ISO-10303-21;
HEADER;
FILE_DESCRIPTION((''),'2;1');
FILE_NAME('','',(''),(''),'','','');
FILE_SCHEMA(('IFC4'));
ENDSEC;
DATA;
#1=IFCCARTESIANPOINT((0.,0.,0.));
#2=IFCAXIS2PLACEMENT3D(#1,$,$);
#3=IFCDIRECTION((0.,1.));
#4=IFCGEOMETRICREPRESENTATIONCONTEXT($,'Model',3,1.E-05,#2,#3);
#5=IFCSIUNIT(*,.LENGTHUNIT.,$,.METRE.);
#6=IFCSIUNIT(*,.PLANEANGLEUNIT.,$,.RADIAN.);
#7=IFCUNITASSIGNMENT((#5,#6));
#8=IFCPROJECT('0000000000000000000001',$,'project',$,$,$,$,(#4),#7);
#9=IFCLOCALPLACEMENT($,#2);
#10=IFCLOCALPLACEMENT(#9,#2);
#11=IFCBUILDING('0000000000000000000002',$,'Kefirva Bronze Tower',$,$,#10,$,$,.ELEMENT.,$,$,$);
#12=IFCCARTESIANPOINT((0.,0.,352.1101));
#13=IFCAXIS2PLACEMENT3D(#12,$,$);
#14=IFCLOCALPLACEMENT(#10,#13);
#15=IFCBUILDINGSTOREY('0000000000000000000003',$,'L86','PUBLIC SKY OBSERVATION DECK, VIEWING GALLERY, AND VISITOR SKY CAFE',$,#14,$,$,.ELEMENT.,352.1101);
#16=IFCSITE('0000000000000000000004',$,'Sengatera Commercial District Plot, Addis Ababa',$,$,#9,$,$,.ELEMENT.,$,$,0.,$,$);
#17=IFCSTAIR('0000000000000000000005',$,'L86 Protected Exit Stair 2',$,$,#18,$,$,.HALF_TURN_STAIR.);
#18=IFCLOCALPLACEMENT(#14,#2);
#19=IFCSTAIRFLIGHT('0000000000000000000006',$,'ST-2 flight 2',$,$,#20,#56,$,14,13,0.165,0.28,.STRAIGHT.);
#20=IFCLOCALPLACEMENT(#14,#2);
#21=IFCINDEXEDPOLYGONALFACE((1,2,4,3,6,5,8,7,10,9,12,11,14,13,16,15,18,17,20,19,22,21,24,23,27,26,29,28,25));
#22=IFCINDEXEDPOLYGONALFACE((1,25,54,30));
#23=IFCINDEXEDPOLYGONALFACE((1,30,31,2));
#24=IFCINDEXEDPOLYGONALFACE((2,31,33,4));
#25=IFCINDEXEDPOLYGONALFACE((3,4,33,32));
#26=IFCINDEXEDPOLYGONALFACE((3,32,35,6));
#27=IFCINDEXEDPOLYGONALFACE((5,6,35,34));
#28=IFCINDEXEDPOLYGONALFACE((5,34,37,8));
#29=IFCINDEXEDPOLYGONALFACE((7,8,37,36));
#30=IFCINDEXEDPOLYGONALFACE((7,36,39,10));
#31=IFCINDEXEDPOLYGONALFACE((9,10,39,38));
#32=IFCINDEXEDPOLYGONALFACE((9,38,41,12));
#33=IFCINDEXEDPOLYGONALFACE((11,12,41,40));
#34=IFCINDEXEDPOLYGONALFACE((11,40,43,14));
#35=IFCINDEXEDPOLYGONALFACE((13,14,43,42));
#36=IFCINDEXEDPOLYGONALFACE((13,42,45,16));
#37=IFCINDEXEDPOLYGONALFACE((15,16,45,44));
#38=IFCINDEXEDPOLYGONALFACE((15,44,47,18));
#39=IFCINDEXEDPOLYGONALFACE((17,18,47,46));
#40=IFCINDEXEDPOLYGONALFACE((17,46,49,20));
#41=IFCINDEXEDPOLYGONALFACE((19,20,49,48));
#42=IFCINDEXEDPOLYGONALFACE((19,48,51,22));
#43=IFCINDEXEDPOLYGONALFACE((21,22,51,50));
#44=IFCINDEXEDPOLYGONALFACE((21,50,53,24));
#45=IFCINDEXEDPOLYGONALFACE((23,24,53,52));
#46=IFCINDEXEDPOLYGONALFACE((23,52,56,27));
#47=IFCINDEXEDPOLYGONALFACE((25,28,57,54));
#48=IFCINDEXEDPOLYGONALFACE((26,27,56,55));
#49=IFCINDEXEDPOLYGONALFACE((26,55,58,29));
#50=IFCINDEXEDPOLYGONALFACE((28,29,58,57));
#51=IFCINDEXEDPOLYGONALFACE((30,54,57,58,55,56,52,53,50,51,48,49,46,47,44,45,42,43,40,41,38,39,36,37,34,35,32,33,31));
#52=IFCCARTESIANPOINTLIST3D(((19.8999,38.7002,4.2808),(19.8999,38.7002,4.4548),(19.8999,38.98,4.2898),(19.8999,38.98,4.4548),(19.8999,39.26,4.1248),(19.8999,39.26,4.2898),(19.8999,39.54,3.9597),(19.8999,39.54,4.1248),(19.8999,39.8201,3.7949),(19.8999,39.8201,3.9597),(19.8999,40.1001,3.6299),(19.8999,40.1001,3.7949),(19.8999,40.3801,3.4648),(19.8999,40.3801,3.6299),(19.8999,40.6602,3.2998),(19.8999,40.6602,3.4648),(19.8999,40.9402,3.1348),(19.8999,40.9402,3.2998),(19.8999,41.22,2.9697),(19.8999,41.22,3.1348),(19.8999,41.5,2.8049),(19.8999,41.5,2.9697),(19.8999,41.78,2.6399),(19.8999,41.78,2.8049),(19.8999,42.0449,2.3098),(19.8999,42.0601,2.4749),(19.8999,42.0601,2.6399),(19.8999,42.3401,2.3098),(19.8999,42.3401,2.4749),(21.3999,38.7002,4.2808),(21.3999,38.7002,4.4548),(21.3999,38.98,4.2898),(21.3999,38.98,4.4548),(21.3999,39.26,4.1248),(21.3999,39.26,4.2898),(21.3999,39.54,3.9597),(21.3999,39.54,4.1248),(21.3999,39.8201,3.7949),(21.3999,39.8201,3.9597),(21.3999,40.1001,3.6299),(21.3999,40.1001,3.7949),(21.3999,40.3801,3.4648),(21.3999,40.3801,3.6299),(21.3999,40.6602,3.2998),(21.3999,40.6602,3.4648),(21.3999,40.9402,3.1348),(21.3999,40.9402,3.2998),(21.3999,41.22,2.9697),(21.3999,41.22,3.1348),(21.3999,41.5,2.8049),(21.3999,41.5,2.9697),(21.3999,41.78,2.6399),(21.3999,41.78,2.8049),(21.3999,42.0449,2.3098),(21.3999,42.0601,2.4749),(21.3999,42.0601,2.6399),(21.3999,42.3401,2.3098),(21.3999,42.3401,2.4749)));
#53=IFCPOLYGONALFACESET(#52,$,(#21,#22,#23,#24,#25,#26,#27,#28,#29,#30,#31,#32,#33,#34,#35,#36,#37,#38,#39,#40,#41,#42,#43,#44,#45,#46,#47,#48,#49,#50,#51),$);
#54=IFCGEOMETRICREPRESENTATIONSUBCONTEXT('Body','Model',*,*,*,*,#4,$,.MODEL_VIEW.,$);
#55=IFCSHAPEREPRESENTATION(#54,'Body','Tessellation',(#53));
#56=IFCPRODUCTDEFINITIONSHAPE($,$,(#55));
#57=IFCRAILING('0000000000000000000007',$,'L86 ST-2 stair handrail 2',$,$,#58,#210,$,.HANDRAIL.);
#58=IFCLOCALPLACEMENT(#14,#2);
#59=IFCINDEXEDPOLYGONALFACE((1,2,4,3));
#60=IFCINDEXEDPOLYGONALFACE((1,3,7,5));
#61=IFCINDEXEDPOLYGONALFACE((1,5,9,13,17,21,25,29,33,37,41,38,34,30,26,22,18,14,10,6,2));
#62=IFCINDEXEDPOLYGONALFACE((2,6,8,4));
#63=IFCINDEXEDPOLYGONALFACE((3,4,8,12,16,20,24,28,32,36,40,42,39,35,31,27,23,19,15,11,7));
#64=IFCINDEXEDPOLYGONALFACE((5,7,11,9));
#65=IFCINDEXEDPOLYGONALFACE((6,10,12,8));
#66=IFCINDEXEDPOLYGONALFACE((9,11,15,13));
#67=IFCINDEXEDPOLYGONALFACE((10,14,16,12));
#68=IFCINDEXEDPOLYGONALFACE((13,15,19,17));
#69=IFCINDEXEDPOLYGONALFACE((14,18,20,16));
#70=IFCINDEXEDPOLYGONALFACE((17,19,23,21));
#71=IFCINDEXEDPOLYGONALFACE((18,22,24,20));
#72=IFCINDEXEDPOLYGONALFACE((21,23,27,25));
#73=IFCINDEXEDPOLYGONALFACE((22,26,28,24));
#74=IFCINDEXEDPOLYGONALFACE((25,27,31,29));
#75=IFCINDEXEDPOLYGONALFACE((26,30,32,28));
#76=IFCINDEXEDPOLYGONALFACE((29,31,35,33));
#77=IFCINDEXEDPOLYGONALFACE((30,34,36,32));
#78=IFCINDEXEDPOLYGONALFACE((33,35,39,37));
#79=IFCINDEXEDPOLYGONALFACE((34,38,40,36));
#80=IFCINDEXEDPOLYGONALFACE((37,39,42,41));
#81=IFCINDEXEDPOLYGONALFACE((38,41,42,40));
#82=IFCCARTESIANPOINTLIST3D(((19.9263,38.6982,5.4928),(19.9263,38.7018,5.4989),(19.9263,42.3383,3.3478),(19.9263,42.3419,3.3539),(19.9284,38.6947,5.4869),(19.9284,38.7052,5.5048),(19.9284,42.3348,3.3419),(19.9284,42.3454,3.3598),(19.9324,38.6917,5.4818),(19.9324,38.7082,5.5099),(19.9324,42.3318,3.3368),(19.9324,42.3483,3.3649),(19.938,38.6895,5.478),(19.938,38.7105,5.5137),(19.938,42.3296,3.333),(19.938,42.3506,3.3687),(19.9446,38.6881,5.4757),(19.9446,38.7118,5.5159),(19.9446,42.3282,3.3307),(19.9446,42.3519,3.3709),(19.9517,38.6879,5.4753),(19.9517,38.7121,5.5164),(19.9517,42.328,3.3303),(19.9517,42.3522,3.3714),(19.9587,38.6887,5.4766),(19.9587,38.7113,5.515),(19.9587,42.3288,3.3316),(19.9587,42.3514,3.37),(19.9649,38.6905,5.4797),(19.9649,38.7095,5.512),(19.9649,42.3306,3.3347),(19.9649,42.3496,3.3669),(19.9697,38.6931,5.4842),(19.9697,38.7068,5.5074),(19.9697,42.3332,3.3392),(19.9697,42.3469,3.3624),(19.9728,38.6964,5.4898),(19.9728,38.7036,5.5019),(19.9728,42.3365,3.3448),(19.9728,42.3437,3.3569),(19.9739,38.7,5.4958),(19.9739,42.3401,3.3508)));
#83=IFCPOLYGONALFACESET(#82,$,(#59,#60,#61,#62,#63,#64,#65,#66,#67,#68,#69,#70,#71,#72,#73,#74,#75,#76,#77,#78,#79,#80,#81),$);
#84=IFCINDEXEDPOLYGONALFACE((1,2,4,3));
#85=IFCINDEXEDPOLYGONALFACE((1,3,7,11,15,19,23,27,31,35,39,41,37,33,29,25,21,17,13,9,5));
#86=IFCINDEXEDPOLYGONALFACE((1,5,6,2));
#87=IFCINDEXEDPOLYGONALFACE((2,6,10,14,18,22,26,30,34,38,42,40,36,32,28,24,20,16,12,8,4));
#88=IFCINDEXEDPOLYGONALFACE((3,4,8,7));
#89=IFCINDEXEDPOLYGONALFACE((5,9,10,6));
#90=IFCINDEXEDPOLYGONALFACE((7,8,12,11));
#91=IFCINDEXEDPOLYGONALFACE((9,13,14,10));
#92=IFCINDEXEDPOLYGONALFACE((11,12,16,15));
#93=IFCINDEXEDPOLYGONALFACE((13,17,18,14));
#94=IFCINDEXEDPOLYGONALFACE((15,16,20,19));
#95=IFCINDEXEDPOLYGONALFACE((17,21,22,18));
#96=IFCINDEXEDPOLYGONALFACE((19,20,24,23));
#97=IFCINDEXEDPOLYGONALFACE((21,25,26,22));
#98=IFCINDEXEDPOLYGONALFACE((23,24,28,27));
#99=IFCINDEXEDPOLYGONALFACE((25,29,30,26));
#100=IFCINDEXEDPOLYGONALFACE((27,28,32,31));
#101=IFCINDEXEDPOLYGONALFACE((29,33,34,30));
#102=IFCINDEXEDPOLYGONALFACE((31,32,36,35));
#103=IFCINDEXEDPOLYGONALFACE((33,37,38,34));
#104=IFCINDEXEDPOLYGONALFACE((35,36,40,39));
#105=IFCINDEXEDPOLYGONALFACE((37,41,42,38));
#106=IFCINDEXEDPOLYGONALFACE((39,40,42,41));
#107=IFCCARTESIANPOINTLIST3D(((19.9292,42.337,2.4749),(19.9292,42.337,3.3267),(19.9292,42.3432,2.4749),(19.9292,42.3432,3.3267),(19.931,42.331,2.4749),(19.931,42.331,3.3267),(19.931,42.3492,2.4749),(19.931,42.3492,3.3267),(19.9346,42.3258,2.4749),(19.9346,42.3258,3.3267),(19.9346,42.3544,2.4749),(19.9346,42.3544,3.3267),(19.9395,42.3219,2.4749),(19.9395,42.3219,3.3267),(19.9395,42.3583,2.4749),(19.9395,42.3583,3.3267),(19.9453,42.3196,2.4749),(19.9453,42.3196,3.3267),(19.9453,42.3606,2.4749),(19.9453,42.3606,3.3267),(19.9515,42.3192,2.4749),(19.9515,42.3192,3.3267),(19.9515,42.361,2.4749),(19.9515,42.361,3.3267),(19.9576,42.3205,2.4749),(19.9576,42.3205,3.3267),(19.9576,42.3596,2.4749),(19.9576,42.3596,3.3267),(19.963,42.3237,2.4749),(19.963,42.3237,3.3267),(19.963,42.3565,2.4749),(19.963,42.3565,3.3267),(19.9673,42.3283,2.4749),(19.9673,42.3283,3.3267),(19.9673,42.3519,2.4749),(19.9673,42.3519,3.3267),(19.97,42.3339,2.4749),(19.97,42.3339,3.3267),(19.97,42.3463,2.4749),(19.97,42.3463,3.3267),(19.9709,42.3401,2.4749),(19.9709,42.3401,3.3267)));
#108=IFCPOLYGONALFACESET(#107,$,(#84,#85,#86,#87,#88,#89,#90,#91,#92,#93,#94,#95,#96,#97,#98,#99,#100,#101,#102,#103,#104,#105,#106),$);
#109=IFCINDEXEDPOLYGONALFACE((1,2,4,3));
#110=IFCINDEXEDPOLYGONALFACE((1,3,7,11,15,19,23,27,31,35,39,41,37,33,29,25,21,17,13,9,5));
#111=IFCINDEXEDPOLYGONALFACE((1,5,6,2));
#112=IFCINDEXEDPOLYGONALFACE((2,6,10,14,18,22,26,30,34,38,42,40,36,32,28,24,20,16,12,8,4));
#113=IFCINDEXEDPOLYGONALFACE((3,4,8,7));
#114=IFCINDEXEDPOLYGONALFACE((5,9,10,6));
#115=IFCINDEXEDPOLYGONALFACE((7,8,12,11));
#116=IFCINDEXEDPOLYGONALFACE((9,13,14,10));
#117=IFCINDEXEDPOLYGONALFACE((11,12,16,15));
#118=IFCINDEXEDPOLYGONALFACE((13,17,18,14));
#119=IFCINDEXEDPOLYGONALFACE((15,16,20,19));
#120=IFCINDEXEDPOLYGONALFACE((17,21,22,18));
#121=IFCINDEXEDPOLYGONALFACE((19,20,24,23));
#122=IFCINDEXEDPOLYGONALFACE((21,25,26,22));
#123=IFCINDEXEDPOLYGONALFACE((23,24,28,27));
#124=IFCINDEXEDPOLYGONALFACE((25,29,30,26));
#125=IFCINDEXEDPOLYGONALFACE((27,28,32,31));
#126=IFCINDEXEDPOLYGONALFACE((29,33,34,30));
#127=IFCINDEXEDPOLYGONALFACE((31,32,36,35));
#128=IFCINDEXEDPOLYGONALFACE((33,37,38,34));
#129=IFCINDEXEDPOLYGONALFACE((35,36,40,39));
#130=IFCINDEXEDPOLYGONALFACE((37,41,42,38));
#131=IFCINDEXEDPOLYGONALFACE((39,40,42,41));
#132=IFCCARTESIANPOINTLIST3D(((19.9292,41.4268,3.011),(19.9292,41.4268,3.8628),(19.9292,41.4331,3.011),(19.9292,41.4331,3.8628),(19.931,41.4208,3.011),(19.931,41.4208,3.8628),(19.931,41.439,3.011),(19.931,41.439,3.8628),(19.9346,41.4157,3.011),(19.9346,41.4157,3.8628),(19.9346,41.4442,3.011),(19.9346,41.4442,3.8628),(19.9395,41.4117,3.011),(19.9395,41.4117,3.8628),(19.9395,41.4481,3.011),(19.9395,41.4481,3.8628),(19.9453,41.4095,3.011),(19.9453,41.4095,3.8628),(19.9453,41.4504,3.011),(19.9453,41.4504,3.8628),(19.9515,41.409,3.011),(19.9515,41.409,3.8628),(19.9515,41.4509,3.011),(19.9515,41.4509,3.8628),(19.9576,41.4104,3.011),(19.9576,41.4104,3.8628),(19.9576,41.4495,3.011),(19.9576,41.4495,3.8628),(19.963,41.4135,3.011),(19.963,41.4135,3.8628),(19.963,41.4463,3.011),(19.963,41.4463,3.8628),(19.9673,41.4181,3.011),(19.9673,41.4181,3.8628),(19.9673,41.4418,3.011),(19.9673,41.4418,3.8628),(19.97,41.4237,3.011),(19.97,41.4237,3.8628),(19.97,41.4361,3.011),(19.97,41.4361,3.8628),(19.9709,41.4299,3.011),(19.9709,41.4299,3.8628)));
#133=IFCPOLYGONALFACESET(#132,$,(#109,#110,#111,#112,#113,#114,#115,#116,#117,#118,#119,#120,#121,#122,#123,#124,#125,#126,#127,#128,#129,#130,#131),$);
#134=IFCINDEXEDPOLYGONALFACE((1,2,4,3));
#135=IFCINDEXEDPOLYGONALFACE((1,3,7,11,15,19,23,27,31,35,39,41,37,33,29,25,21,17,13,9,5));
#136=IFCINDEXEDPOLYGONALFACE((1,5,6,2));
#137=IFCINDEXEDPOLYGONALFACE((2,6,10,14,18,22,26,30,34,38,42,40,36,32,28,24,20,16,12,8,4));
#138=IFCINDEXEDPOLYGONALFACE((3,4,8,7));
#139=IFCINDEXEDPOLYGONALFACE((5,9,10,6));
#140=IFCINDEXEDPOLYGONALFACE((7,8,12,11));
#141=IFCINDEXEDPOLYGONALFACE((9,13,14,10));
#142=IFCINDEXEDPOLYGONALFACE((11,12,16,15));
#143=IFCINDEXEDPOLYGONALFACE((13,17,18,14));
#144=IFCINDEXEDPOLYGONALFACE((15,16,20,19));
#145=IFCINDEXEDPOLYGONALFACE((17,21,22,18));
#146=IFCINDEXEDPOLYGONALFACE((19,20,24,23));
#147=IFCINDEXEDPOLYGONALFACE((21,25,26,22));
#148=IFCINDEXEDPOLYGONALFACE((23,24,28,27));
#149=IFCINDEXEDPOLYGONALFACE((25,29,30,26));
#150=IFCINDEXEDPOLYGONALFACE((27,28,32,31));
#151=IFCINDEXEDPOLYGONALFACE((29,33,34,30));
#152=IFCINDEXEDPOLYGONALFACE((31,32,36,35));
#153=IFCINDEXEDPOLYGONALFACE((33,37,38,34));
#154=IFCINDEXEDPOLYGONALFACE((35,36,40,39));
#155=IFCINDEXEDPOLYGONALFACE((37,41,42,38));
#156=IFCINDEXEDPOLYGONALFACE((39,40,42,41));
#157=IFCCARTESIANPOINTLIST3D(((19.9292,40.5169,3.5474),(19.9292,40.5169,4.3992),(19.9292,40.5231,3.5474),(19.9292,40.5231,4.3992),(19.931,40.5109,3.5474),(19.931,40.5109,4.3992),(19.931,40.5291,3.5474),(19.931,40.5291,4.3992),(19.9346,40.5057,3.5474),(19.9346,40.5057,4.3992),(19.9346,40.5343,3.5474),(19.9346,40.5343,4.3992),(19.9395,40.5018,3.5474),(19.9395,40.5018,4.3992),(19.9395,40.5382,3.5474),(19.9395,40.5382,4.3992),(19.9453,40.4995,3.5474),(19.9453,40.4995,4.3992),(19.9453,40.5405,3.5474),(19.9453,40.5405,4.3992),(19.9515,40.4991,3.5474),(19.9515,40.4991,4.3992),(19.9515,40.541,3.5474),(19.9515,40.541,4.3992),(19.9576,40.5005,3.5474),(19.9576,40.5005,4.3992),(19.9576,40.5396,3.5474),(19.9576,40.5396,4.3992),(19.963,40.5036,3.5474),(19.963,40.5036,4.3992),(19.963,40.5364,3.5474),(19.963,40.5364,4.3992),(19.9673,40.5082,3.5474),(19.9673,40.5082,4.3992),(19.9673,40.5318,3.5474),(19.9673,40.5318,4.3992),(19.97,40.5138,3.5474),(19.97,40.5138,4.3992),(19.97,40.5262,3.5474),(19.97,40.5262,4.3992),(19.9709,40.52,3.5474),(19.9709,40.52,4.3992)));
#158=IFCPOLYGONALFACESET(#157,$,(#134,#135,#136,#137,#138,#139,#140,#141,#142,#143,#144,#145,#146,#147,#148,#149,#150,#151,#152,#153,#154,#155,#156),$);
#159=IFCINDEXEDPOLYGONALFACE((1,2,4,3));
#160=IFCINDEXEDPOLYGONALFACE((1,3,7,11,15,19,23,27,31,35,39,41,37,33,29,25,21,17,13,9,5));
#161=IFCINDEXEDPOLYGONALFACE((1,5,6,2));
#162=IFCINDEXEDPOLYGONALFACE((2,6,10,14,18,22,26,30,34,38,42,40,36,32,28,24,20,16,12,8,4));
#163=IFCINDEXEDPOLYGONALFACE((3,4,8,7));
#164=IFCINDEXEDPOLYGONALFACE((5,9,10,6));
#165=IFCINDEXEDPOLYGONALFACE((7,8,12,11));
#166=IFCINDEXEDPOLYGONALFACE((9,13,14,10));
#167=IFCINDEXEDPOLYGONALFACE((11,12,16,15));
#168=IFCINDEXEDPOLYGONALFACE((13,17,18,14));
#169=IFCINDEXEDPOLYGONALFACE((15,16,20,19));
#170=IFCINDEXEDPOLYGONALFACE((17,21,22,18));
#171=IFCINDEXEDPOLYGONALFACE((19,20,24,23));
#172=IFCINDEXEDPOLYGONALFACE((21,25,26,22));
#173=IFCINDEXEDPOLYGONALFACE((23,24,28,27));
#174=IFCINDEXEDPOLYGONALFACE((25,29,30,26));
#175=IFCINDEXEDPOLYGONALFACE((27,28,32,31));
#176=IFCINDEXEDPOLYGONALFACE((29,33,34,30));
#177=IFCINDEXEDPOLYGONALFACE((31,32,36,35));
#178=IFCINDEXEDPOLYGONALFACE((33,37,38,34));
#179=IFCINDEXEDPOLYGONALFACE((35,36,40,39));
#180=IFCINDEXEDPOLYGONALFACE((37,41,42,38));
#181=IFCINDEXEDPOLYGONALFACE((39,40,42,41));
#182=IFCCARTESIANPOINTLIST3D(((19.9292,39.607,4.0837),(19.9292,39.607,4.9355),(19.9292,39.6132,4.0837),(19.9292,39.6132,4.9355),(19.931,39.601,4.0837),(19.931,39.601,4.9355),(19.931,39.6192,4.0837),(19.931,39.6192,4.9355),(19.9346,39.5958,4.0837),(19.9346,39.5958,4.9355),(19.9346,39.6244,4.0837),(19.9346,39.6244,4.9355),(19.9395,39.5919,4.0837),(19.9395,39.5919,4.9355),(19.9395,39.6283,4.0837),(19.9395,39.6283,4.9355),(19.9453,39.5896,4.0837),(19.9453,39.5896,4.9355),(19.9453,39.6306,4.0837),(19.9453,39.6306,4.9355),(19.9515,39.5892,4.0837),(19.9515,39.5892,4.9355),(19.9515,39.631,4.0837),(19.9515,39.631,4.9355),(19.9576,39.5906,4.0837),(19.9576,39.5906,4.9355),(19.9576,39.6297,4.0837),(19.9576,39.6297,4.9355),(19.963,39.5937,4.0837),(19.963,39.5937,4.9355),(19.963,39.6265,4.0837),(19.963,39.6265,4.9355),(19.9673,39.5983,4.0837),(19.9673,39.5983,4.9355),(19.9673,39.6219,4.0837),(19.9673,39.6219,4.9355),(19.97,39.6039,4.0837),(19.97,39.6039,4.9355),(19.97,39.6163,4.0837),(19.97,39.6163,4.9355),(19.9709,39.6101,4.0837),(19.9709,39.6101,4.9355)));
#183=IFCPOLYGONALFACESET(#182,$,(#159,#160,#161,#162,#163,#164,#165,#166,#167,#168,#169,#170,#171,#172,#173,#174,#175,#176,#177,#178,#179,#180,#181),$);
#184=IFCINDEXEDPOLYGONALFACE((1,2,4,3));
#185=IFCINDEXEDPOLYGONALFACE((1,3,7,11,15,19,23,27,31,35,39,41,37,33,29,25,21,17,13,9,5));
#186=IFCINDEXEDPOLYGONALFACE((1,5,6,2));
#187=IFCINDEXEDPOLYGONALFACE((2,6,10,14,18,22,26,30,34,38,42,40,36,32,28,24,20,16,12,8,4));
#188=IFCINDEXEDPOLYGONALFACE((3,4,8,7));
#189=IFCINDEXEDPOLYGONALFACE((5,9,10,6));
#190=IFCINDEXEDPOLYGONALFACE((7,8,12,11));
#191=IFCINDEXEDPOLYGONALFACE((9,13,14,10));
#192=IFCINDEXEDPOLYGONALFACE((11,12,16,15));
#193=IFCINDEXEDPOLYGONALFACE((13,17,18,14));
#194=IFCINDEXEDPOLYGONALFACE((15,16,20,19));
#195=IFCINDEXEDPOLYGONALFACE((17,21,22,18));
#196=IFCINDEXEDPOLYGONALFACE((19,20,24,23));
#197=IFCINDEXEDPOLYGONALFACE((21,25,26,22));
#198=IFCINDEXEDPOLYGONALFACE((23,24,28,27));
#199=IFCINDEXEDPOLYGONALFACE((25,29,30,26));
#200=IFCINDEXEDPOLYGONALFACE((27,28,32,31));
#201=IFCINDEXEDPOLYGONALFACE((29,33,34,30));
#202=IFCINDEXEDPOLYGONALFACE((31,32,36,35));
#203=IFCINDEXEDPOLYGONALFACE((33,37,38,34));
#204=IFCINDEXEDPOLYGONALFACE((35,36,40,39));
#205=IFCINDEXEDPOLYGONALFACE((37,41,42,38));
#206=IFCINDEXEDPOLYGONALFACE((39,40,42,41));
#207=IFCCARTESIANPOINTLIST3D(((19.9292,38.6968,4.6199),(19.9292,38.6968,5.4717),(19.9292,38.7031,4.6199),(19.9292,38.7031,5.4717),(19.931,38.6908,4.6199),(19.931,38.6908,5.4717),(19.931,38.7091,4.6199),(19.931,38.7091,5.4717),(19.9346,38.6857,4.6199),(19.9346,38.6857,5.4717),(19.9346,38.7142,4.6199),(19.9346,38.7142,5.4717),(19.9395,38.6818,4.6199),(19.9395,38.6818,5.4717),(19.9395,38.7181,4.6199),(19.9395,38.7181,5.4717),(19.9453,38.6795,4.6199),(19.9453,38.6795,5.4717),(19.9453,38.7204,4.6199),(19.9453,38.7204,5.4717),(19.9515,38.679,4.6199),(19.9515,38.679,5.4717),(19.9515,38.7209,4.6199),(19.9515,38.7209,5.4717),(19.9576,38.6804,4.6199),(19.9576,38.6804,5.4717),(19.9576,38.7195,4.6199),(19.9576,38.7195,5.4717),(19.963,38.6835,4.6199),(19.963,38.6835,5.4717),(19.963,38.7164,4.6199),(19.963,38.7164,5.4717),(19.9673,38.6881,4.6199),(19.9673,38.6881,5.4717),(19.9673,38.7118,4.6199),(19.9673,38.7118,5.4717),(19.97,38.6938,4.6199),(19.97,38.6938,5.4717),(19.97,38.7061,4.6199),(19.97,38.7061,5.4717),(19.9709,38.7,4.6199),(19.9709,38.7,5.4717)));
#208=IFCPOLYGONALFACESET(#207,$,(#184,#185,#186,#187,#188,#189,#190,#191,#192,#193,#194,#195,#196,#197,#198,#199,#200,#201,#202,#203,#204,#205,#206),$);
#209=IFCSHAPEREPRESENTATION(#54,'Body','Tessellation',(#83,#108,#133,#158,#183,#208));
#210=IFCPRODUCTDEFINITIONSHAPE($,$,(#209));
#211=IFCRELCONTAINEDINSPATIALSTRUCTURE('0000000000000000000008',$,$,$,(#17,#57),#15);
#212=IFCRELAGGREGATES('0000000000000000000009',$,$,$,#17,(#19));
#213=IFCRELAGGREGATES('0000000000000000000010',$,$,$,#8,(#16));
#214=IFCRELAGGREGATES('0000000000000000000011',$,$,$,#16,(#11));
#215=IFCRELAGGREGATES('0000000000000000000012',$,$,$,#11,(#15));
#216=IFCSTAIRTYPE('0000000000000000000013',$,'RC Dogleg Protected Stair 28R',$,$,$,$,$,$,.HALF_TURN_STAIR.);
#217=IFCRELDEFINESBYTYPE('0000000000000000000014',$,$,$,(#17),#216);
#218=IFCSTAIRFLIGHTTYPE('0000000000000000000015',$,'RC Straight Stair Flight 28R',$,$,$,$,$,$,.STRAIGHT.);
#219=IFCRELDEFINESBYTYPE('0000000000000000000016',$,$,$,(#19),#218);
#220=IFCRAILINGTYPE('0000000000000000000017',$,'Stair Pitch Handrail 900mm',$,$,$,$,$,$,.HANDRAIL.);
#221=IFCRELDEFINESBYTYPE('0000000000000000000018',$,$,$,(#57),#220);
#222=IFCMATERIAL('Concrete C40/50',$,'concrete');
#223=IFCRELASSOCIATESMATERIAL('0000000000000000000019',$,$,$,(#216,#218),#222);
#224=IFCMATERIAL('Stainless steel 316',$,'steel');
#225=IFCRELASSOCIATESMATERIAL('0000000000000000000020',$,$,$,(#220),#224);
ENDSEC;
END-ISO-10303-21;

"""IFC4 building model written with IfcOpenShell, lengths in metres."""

from ifc_helpers import new_model, si_unit, direction, frame, origin, origin_2d, place, context, subcontext, project, spatial, polyline, circle, outline, extrude, material, type_object, element, aggregate, save


model = new_model("IFC4")

# Units and contexts
model_context = context("Model", 3, precision=1e-05, world=origin(), true_north=direction((0.0, 1.0)))
body_context = subcontext(model_context, "Body", "Model", "MODEL_VIEW")
ifc_project = project(units=[si_unit("LENGTHUNIT", "METRE"), si_unit("PLANEANGLEUNIT", "RADIAN")], contexts=[model_context])

# Site, building, storey
site_placement = place(None, origin())
site = spatial("IfcSite", under=ifc_project, at=site_placement, Name="Sengatera Commercial District Plot, Addis Ababa", CompositionType="ELEMENT", RefElevation=0.0)
building_placement = place(site_placement, origin())
building = spatial("IfcBuilding", under=site, at=building_placement, Name="Kefirva Bronze Tower", CompositionType="ELEMENT")
storey_placement = place(building_placement, frame((0.0, 0.0, 352.1101)))
storey = spatial("IfcBuildingStorey", under=building, at=storey_placement, Name="L86", Description="PUBLIC SKY OBSERVATION DECK, VIEWING GALLERY, AND VISITOR SKY CAFE", CompositionType="ELEMENT", Elevation=352.1101)

# Shared definitions
ifc_material_1 = material(Name="Stainless steel 316", Category="steel")

# Stair, stair flight
ifc_material_2 = material(Name="Concrete C40/50", Category="concrete")
stair_type = type_object("IfcStairType", Name="RC Dogleg Protected Stair 28R", PredefinedType="HALF_TURN_STAIR", material=ifc_material_2)
stair_placement = place(storey_placement, origin())
stair = element("IfcStair", 1, at=stair_placement, inside=storey, type_object=stair_type, Name="L86 Protected Exit Stair 2", PredefinedType="HALF_TURN_STAIR")
stair_flight_type = type_object("IfcStairFlightType", Name="RC Straight Stair Flight 28R", PredefinedType="STRAIGHT", material=ifc_material_2)
stair_flight_placement = place(storey_placement, frame((20.6499, 42.3401, 2.3098), z_axis=(0.0, 0.0, 1.0), x_axis=(0.0, -1.0, 0.0)))
stair_flight = element("IfcStairFlight", 2, at=stair_flight_placement, type_object=stair_flight_type, Name="ST-2 flight 2", NumberOfRisers=14, NumberOfTreads=13, PredefinedType="STRAIGHT", RiserHeight=0.165, TreadLength=0.28, context=body_context, shape_type="SweptSolid", body=[
    extrude(outline(polyline([(0.0, 0.0), (0.0, 0.165), (0.28, 0.165), (0.28, 0.3301), (0.5601, 0.3301), (0.5601, 0.4951), (0.8401, 0.4951), (0.8401, 0.6599), (1.1201, 0.6599), (1.1201, 0.825), (1.3999, 0.825), (1.3999, 0.99), (1.6799, 0.99), (1.6799, 1.155), (1.96, 1.155), (1.96, 1.3201), (2.24, 1.3201), (2.24, 1.4851), (2.52, 1.4851), (2.52, 1.6499), (2.8, 1.6499), (2.8, 1.8149), (3.0801, 1.8149), (3.0801, 1.98), (3.3601, 1.98), (3.3601, 2.145), (3.6399, 2.145), (3.6399, 2.3101), (3.6399, 1.9709), (0.2952, 0.0), (0.0, 0.0)])), frame((0.0, 0.75, 0.0), z_axis=(0.0, -1.0, 0.0), x_axis=(1.0, 0.0, 0.0)), (0.0, 0.0, 1.0), 1.5),
])
aggregate(stair, [stair_flight])

# Railing
railing_type = type_object("IfcRailingType", Name="Stair Pitch Handrail 900mm", PredefinedType="HANDRAIL", material=ifc_material_1)
railing_placement = place(storey_placement, frame((19.95, 42.3401, 2.4749)))
element("IfcRailing", 3, at=railing_placement, inside=storey, type_object=railing_type, Name="L86 ST-2 stair handrail 2", PredefinedType="HANDRAIL", context=body_context, shape_type="SweptSolid", body=[
    extrude(circle(Radius=0.0239, at=origin_2d()), frame((0.0, 0.0, 0.876), z_axis=(0.0, -0.861545, 0.507682), x_axis=(1.0, 0.0, 0.0)), (0.0, 0.0, 1.0), 4.2251),
    extrude(circle(Radius=0.021, at=origin_2d()), origin(), (0.0, 0.0, 1.0), 0.8518),
    extrude(circle(Radius=0.021, at=origin_2d()), frame((0.0, -0.9102, 0.5361)), (0.0, 0.0, 1.0), 0.8518),
    extrude(circle(Radius=0.021, at=origin_2d()), frame((0.0, -1.8201, 1.0725)), (0.0, 0.0, 1.0), 0.8518),
    extrude(circle(Radius=0.021, at=origin_2d()), frame((0.0, -2.73, 1.6089)), (0.0, 0.0, 1.0), 0.8518),
    extrude(circle(Radius=0.021, at=origin_2d()), frame((0.0, -3.6401, 2.145)), (0.0, 0.0, 1.0), 0.8518),
])

save(model, "model.ifc")
